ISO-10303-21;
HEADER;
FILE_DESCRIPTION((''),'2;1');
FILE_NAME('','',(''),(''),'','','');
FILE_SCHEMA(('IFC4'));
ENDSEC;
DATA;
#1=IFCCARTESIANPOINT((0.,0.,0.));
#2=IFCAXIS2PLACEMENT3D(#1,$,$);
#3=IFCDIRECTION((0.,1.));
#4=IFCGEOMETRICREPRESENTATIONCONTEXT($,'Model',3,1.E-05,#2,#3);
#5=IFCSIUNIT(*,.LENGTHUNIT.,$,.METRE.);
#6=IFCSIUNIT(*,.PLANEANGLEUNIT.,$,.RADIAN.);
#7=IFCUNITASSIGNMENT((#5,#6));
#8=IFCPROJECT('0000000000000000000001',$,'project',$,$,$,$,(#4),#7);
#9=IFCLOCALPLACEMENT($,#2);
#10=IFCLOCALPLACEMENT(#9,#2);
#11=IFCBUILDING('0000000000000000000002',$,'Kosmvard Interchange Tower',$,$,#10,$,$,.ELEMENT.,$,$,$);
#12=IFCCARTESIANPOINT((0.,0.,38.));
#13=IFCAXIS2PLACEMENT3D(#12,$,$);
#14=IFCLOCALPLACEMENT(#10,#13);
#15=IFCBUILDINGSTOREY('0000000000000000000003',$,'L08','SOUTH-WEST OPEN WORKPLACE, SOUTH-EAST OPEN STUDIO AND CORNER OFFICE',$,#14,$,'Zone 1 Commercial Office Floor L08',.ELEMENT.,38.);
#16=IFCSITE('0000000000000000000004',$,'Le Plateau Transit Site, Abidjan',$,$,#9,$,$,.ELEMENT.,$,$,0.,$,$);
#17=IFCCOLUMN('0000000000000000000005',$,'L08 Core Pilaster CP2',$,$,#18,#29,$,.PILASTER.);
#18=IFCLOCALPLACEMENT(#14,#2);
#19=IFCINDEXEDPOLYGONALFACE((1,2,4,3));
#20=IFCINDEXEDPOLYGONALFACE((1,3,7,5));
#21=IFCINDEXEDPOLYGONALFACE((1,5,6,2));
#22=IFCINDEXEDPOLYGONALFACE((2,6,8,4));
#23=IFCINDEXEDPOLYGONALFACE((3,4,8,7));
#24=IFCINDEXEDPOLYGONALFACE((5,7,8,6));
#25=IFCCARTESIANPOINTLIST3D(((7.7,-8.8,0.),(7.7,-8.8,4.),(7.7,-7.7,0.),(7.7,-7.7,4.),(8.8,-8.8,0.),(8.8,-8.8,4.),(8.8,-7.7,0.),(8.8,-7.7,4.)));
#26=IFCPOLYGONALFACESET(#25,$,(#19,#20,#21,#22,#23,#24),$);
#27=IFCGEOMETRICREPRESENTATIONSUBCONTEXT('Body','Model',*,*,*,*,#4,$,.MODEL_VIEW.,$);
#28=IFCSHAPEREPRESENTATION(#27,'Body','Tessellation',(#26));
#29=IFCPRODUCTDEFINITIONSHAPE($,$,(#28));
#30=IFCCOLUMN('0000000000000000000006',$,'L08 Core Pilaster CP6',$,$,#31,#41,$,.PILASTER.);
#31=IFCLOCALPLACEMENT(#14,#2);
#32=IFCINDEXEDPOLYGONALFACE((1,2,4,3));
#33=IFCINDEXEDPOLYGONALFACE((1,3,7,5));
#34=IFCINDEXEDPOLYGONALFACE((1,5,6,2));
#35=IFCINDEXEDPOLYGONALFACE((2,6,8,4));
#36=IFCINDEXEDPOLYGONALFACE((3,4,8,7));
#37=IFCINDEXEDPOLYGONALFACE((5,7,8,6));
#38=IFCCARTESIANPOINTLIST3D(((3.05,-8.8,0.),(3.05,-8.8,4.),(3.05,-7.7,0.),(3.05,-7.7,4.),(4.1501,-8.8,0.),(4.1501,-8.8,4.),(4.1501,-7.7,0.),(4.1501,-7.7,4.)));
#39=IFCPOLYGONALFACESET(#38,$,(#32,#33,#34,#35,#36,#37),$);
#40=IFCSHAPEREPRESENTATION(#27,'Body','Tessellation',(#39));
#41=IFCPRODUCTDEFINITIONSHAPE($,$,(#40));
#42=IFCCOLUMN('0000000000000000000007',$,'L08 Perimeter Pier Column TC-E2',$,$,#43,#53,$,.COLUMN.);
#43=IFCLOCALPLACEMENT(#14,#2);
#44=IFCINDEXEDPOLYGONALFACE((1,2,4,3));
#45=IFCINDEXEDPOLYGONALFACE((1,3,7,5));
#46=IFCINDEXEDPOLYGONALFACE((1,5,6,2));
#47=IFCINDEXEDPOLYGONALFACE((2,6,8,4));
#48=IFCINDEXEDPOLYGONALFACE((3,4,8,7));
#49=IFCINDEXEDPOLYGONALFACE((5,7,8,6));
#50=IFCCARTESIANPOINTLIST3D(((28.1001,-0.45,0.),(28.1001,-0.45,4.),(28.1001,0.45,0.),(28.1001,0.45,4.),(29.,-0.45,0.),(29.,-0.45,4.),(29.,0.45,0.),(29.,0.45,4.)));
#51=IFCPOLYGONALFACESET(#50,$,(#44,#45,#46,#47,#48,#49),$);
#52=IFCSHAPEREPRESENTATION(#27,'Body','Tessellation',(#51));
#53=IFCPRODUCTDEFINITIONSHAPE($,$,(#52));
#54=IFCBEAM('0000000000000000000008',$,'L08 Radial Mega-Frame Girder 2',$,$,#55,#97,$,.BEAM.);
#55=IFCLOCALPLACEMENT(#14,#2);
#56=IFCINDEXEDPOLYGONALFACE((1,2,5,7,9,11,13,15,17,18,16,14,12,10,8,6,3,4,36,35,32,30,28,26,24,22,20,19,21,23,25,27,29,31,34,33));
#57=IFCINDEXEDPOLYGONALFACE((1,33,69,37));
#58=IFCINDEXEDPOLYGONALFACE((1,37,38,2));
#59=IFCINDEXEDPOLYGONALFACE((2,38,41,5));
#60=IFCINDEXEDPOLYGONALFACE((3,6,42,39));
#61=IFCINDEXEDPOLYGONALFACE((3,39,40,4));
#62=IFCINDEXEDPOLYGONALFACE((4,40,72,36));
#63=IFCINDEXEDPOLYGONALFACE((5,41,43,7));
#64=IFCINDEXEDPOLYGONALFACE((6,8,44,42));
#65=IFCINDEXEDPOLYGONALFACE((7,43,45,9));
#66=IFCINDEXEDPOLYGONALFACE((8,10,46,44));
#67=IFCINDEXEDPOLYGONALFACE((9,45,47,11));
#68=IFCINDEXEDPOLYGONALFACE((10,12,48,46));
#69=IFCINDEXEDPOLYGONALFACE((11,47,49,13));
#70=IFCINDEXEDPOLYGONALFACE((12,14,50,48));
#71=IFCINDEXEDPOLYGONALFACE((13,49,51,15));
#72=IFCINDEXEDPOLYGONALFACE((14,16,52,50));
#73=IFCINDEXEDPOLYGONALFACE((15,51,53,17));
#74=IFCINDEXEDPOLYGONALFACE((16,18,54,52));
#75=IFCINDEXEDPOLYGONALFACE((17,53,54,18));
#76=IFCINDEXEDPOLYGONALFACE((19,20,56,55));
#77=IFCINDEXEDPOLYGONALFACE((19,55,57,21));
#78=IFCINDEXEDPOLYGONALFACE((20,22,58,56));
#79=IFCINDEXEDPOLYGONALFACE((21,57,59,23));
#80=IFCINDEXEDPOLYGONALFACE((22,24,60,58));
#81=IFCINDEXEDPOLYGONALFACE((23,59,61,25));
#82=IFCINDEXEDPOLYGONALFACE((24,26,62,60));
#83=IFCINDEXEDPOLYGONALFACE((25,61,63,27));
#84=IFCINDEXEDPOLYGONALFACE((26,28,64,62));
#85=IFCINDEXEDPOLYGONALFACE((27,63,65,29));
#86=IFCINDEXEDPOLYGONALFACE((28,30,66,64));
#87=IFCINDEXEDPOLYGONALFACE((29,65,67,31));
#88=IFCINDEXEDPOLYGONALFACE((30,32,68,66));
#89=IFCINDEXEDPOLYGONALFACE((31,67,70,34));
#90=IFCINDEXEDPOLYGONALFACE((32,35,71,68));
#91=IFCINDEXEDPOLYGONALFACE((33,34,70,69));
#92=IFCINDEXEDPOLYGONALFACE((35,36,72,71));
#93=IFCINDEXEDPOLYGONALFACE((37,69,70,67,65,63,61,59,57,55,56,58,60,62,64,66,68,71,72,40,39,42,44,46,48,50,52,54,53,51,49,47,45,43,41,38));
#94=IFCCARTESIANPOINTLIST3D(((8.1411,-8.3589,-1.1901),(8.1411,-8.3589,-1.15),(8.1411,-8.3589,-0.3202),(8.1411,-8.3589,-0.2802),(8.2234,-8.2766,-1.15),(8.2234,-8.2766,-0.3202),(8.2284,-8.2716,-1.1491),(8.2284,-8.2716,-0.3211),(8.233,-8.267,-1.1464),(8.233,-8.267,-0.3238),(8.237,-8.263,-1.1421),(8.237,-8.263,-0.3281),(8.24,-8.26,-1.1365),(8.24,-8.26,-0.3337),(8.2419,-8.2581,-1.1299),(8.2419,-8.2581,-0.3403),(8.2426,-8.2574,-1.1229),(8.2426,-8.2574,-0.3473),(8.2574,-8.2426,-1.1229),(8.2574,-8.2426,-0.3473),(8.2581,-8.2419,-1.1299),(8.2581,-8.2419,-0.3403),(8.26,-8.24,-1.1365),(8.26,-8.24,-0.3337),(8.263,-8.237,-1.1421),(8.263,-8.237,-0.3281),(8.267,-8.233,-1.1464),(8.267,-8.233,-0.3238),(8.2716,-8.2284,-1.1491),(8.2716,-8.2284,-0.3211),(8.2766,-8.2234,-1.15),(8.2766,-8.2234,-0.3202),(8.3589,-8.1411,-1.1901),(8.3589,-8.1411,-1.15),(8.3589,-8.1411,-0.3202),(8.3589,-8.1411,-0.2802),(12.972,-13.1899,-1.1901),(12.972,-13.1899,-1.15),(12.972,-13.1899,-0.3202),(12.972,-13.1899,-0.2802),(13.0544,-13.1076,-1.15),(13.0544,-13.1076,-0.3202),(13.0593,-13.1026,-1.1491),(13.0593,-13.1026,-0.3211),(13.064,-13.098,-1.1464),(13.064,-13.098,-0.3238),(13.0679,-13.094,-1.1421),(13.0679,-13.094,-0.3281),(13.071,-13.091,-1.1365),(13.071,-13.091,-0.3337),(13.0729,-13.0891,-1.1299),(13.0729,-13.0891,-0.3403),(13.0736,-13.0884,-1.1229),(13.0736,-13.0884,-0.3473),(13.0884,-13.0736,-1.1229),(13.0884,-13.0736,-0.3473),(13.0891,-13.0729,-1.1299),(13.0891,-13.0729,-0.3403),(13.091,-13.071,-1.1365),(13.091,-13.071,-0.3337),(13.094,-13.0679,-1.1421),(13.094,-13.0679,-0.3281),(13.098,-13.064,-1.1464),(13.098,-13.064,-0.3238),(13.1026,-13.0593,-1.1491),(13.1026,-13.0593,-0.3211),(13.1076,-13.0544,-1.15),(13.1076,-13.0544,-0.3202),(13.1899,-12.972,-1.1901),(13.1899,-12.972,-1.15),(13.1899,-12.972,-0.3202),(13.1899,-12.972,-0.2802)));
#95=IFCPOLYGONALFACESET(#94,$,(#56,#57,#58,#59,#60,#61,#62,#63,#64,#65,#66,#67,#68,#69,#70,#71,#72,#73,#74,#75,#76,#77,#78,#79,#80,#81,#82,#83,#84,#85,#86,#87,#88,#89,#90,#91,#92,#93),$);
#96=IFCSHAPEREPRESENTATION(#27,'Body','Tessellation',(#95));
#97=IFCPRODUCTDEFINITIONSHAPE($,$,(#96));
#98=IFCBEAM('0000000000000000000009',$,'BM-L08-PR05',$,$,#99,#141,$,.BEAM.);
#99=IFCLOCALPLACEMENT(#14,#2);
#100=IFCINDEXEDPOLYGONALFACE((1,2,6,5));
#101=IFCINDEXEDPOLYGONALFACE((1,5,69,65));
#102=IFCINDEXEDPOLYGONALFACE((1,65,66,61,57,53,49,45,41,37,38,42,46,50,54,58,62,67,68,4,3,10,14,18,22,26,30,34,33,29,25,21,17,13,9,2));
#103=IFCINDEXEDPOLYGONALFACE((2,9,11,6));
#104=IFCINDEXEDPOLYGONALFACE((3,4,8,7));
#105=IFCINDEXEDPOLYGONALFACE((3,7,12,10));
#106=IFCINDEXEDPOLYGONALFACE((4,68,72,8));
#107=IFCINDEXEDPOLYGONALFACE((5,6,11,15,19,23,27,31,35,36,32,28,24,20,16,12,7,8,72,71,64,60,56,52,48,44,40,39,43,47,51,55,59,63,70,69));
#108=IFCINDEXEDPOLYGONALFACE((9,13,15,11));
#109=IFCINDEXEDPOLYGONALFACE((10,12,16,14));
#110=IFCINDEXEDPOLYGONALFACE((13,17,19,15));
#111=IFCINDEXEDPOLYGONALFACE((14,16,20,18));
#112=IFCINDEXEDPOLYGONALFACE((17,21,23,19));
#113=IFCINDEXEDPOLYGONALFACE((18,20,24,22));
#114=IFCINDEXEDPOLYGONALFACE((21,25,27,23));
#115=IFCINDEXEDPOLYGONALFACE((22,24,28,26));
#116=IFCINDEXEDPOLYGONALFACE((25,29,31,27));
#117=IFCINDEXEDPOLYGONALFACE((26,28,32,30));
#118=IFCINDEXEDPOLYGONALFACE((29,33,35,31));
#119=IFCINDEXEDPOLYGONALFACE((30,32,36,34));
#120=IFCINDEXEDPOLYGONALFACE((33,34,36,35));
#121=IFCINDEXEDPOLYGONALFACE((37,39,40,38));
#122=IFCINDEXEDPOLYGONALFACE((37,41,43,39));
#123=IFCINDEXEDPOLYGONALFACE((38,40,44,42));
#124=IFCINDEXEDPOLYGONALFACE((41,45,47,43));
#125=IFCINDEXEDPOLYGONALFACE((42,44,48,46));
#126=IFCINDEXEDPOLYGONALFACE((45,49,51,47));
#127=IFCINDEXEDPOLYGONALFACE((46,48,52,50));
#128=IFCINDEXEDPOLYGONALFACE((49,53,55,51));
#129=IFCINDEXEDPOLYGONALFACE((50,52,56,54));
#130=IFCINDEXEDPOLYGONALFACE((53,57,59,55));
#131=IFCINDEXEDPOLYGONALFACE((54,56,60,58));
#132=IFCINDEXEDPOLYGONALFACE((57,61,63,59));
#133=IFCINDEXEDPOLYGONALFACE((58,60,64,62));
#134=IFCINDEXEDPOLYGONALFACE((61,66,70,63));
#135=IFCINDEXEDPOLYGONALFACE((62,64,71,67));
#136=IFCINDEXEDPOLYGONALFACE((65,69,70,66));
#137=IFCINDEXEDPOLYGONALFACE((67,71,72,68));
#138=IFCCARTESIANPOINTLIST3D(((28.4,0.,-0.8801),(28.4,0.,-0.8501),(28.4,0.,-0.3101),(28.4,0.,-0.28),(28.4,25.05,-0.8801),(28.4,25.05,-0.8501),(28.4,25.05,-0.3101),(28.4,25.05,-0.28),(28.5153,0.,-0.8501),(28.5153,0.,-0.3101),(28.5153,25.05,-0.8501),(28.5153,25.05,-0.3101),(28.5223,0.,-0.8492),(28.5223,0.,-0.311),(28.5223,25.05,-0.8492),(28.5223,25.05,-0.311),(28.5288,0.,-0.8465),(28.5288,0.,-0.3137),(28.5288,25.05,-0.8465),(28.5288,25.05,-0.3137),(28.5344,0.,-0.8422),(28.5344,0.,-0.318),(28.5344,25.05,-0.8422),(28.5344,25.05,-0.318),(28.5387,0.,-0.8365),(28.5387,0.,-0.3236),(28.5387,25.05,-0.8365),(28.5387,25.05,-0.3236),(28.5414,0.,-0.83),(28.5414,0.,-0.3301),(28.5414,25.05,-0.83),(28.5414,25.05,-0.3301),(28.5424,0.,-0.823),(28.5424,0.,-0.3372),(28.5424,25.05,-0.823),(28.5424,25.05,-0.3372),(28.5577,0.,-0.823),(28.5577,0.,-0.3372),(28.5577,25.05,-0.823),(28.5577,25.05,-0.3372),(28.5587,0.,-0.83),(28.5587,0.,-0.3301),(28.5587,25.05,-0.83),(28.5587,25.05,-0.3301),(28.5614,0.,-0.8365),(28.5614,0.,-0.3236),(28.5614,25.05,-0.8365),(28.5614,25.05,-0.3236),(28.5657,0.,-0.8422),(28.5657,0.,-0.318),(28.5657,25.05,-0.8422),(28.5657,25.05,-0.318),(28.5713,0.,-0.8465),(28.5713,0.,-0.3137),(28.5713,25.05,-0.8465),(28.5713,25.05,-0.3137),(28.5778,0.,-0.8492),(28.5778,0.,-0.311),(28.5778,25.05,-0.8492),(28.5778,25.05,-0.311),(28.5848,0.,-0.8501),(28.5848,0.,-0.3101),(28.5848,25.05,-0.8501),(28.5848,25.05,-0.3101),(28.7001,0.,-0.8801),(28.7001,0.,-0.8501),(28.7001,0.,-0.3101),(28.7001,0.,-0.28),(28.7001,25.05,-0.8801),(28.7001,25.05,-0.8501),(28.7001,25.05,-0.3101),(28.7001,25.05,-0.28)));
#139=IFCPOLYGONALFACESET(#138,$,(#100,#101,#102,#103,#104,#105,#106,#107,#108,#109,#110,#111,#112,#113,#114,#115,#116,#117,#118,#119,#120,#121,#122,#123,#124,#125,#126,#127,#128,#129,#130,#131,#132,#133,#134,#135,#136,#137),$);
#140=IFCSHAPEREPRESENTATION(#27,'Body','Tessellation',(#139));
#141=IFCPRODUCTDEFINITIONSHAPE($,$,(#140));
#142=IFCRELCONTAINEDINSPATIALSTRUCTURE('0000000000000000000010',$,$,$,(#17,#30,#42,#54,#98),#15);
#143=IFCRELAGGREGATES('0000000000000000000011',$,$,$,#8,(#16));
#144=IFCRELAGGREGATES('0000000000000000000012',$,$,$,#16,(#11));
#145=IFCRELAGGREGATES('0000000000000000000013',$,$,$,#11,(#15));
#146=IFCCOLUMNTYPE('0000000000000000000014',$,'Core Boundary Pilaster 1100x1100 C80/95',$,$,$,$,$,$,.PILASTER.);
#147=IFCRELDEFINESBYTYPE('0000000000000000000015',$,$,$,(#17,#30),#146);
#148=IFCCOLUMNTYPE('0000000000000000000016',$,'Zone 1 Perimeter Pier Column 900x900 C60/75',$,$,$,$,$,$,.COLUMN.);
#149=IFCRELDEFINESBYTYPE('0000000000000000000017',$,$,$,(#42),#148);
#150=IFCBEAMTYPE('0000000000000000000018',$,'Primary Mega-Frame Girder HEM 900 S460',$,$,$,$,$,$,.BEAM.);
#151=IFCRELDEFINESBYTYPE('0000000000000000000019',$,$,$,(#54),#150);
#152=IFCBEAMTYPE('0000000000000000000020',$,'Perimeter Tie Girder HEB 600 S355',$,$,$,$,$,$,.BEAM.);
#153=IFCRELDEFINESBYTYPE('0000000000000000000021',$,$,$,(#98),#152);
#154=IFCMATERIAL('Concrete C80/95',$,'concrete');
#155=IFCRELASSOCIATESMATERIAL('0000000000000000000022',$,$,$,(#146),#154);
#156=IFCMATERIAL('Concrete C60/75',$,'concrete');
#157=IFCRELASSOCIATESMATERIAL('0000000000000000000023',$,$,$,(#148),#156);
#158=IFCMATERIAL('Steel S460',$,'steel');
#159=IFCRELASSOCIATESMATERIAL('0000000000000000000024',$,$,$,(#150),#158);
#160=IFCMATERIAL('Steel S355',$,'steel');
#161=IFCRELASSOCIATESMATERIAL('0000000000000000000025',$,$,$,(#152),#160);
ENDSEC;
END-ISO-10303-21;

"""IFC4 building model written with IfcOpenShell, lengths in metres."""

from ifc_helpers import new_model, si_unit, direction, frame, origin, origin_2d, place, context, subcontext, project, spatial, rectangle, i_section, extrude, source, transform, mapped, material, material_profile, profile_set, type_object, element, save


model = new_model("IFC4")

# Units and contexts
model_context = context("Model", 3, precision=1e-05, world=origin(), true_north=direction((0.0, 1.0)))
body_context = subcontext(model_context, "Body", "Model", "MODEL_VIEW")
ifc_project = project(units=[si_unit("LENGTHUNIT", "METRE"), si_unit("PLANEANGLEUNIT", "RADIAN")], contexts=[model_context])

# Site, building, storey
site_placement = place(None, origin())
site = spatial("IfcSite", under=ifc_project, at=site_placement, Name="Le Plateau Transit Site, Abidjan", CompositionType="ELEMENT", RefElevation=0.0)
building_placement = place(site_placement, origin())
building = spatial("IfcBuilding", under=site, at=building_placement, Name="Kosmvard Interchange Tower", CompositionType="ELEMENT")
storey_placement = place(building_placement, frame((0.0, 0.0, 38.0)))
storey = spatial("IfcBuildingStorey", under=building, at=storey_placement, Name="L08", Description="SOUTH-WEST OPEN WORKPLACE, SOUTH-EAST OPEN STUDIO AND CORNER OFFICE", LongName="Zone 1 Commercial Office Floor L08", CompositionType="ELEMENT", Elevation=38.0)

# Columns
ifc_material_1 = material(Name="Concrete C80/95", Category="concrete")
ifc_material_profile_1 = material_profile(ifc_material_1, rectangle(XDim=1.1001, YDim=1.1001, at=origin_2d()), Name="CP 1100x1100")
ifc_profile_set_1 = profile_set([ifc_material_profile_1], Name="Concrete C80/95")
column_type_1 = type_object("IfcColumnType", Name="Core Boundary Pilaster 1100x1100 C80/95", PredefinedType="PILASTER", material=ifc_profile_set_1)
shared_shape_1 = source(origin(), body_context, "Body", "SweptSolid", [
    extrude(rectangle(XDim=1.1001, YDim=1.1001, at=origin_2d()), origin(), (0.0, 0.0, 1.0), 4.0),
])
for number, where, z_axis, x_axis, name in (
    (1, (8.25, -8.25, 0.0), (0.0, 0.0, 1.0), (1.0, 0.0, 0.0), "L08 Core Pilaster CP2"),
    (2, (3.6001, -8.25, 0.0), (0.0, 0.0, 1.0), (1.0, 0.0, 0.0), "L08 Core Pilaster CP6"),
):
    element("IfcColumn", number, at=place(storey_placement, frame(where, z_axis=z_axis, x_axis=x_axis)), inside=storey, type_object=column_type_1, Name=name, PredefinedType="PILASTER", context=body_context, shape_type="MappedRepresentation", body=[
        mapped(shared_shape_1, transform((0.0, 0.0, 0.0), scale=1.0)),
    ])
ifc_material_2 = material(Name="Concrete C60/75", Category="concrete")
ifc_material_profile_2 = material_profile(ifc_material_2, rectangle(XDim=0.8999, YDim=0.8999, at=origin_2d()), Name="TC 900x900")
ifc_profile_set_2 = profile_set([ifc_material_profile_2], Name="Concrete C60/75")
column_type_2 = type_object("IfcColumnType", Name="Zone 1 Perimeter Pier Column 900x900 C60/75", PredefinedType="COLUMN", material=ifc_profile_set_2)
shared_shape_2 = source(origin(), body_context, "Body", "SweptSolid", [
    extrude(rectangle(XDim=0.8999, YDim=0.8999, at=origin_2d()), origin(), (0.0, 0.0, 1.0), 4.0),
])
column_placement = place(storey_placement, frame((28.55, 0.0, 0.0), z_axis=(0.0, 0.0, 1.0), x_axis=(1.0, 0.0, 0.0)))
element("IfcColumn", 3, at=column_placement, inside=storey, type_object=column_type_2, Name="L08 Perimeter Pier Column TC-E2", PredefinedType="COLUMN", context=body_context, shape_type="MappedRepresentation", body=[
    mapped(shared_shape_2, transform((0.0, 0.0, 0.0), scale=1.0)),
])

# Beams
ifc_material_3 = material(Name="Steel S460", Category="steel")
ifc_material_profile_3 = material_profile(ifc_material_3, i_section(OverallWidth=0.3081, OverallDepth=0.9099, WebThickness=0.021, FlangeThickness=0.04, FilletRadius=0.0271, at=origin_2d()), Name="HEM 900")
ifc_profile_set_3 = profile_set([ifc_material_profile_3], Name="Steel S460")
beam_type_1 = type_object("IfcBeamType", Name="Primary Mega-Frame Girder HEM 900 S460", PredefinedType="BEAM", material=ifc_profile_set_3)
shared_shape_3 = source(origin(), body_context, "Body", "SweptSolid", [
    extrude(i_section(OverallWidth=0.3081, OverallDepth=0.9099, WebThickness=0.021, FlangeThickness=0.04, FilletRadius=0.0271, at=origin_2d()), origin(), (0.0, 0.0, 1.0), 6.832),
])
beam_1_placement = place(storey_placement, frame((8.25, -8.25, -0.7351), z_axis=(0.707107, -0.707107, 0.0), x_axis=(0.707107, 0.707107, 0.0)))
element("IfcBeam", 4, at=beam_1_placement, inside=storey, type_object=beam_type_1, Name="L08 Radial Mega-Frame Girder 2", PredefinedType="BEAM", context=body_context, shape_type="MappedRepresentation", body=[
    mapped(shared_shape_3, transform((0.0, 0.0, 0.0), scale=1.0)),
])
ifc_material_4 = material(Name="Steel S355", Category="steel")
ifc_material_profile_4 = material_profile(ifc_material_4, i_section(OverallWidth=0.3, OverallDepth=0.6001, WebThickness=0.0154, FlangeThickness=0.03, FilletRadius=0.0271, at=origin_2d()), Name="HEB 600")
ifc_profile_set_4 = profile_set([ifc_material_profile_4], Name="Steel S355")
beam_type_2 = type_object("IfcBeamType", Name="Perimeter Tie Girder HEB 600 S355", PredefinedType="BEAM", material=ifc_profile_set_4)
shared_shape_4 = source(origin(), body_context, "Body", "SweptSolid", [
    extrude(i_section(OverallWidth=0.3, OverallDepth=0.6001, WebThickness=0.0154, FlangeThickness=0.03, FilletRadius=0.0271, at=origin_2d()), origin(), (0.0, 0.0, 1.0), 25.05),
])
beam_2_placement = place(storey_placement, frame((28.55, 0.0, -0.5801), z_axis=(0.0, 1.0, 0.0), x_axis=(-1.0, 0.0, 0.0)))
element("IfcBeam", 5, at=beam_2_placement, inside=storey, type_object=beam_type_2, Name="BM-L08-PR05", PredefinedType="BEAM", context=body_context, shape_type="MappedRepresentation", body=[
    mapped(shared_shape_4, transform((0.0, 0.0, 0.0), scale=1.0)),
])

save(model, "model.ifc")
